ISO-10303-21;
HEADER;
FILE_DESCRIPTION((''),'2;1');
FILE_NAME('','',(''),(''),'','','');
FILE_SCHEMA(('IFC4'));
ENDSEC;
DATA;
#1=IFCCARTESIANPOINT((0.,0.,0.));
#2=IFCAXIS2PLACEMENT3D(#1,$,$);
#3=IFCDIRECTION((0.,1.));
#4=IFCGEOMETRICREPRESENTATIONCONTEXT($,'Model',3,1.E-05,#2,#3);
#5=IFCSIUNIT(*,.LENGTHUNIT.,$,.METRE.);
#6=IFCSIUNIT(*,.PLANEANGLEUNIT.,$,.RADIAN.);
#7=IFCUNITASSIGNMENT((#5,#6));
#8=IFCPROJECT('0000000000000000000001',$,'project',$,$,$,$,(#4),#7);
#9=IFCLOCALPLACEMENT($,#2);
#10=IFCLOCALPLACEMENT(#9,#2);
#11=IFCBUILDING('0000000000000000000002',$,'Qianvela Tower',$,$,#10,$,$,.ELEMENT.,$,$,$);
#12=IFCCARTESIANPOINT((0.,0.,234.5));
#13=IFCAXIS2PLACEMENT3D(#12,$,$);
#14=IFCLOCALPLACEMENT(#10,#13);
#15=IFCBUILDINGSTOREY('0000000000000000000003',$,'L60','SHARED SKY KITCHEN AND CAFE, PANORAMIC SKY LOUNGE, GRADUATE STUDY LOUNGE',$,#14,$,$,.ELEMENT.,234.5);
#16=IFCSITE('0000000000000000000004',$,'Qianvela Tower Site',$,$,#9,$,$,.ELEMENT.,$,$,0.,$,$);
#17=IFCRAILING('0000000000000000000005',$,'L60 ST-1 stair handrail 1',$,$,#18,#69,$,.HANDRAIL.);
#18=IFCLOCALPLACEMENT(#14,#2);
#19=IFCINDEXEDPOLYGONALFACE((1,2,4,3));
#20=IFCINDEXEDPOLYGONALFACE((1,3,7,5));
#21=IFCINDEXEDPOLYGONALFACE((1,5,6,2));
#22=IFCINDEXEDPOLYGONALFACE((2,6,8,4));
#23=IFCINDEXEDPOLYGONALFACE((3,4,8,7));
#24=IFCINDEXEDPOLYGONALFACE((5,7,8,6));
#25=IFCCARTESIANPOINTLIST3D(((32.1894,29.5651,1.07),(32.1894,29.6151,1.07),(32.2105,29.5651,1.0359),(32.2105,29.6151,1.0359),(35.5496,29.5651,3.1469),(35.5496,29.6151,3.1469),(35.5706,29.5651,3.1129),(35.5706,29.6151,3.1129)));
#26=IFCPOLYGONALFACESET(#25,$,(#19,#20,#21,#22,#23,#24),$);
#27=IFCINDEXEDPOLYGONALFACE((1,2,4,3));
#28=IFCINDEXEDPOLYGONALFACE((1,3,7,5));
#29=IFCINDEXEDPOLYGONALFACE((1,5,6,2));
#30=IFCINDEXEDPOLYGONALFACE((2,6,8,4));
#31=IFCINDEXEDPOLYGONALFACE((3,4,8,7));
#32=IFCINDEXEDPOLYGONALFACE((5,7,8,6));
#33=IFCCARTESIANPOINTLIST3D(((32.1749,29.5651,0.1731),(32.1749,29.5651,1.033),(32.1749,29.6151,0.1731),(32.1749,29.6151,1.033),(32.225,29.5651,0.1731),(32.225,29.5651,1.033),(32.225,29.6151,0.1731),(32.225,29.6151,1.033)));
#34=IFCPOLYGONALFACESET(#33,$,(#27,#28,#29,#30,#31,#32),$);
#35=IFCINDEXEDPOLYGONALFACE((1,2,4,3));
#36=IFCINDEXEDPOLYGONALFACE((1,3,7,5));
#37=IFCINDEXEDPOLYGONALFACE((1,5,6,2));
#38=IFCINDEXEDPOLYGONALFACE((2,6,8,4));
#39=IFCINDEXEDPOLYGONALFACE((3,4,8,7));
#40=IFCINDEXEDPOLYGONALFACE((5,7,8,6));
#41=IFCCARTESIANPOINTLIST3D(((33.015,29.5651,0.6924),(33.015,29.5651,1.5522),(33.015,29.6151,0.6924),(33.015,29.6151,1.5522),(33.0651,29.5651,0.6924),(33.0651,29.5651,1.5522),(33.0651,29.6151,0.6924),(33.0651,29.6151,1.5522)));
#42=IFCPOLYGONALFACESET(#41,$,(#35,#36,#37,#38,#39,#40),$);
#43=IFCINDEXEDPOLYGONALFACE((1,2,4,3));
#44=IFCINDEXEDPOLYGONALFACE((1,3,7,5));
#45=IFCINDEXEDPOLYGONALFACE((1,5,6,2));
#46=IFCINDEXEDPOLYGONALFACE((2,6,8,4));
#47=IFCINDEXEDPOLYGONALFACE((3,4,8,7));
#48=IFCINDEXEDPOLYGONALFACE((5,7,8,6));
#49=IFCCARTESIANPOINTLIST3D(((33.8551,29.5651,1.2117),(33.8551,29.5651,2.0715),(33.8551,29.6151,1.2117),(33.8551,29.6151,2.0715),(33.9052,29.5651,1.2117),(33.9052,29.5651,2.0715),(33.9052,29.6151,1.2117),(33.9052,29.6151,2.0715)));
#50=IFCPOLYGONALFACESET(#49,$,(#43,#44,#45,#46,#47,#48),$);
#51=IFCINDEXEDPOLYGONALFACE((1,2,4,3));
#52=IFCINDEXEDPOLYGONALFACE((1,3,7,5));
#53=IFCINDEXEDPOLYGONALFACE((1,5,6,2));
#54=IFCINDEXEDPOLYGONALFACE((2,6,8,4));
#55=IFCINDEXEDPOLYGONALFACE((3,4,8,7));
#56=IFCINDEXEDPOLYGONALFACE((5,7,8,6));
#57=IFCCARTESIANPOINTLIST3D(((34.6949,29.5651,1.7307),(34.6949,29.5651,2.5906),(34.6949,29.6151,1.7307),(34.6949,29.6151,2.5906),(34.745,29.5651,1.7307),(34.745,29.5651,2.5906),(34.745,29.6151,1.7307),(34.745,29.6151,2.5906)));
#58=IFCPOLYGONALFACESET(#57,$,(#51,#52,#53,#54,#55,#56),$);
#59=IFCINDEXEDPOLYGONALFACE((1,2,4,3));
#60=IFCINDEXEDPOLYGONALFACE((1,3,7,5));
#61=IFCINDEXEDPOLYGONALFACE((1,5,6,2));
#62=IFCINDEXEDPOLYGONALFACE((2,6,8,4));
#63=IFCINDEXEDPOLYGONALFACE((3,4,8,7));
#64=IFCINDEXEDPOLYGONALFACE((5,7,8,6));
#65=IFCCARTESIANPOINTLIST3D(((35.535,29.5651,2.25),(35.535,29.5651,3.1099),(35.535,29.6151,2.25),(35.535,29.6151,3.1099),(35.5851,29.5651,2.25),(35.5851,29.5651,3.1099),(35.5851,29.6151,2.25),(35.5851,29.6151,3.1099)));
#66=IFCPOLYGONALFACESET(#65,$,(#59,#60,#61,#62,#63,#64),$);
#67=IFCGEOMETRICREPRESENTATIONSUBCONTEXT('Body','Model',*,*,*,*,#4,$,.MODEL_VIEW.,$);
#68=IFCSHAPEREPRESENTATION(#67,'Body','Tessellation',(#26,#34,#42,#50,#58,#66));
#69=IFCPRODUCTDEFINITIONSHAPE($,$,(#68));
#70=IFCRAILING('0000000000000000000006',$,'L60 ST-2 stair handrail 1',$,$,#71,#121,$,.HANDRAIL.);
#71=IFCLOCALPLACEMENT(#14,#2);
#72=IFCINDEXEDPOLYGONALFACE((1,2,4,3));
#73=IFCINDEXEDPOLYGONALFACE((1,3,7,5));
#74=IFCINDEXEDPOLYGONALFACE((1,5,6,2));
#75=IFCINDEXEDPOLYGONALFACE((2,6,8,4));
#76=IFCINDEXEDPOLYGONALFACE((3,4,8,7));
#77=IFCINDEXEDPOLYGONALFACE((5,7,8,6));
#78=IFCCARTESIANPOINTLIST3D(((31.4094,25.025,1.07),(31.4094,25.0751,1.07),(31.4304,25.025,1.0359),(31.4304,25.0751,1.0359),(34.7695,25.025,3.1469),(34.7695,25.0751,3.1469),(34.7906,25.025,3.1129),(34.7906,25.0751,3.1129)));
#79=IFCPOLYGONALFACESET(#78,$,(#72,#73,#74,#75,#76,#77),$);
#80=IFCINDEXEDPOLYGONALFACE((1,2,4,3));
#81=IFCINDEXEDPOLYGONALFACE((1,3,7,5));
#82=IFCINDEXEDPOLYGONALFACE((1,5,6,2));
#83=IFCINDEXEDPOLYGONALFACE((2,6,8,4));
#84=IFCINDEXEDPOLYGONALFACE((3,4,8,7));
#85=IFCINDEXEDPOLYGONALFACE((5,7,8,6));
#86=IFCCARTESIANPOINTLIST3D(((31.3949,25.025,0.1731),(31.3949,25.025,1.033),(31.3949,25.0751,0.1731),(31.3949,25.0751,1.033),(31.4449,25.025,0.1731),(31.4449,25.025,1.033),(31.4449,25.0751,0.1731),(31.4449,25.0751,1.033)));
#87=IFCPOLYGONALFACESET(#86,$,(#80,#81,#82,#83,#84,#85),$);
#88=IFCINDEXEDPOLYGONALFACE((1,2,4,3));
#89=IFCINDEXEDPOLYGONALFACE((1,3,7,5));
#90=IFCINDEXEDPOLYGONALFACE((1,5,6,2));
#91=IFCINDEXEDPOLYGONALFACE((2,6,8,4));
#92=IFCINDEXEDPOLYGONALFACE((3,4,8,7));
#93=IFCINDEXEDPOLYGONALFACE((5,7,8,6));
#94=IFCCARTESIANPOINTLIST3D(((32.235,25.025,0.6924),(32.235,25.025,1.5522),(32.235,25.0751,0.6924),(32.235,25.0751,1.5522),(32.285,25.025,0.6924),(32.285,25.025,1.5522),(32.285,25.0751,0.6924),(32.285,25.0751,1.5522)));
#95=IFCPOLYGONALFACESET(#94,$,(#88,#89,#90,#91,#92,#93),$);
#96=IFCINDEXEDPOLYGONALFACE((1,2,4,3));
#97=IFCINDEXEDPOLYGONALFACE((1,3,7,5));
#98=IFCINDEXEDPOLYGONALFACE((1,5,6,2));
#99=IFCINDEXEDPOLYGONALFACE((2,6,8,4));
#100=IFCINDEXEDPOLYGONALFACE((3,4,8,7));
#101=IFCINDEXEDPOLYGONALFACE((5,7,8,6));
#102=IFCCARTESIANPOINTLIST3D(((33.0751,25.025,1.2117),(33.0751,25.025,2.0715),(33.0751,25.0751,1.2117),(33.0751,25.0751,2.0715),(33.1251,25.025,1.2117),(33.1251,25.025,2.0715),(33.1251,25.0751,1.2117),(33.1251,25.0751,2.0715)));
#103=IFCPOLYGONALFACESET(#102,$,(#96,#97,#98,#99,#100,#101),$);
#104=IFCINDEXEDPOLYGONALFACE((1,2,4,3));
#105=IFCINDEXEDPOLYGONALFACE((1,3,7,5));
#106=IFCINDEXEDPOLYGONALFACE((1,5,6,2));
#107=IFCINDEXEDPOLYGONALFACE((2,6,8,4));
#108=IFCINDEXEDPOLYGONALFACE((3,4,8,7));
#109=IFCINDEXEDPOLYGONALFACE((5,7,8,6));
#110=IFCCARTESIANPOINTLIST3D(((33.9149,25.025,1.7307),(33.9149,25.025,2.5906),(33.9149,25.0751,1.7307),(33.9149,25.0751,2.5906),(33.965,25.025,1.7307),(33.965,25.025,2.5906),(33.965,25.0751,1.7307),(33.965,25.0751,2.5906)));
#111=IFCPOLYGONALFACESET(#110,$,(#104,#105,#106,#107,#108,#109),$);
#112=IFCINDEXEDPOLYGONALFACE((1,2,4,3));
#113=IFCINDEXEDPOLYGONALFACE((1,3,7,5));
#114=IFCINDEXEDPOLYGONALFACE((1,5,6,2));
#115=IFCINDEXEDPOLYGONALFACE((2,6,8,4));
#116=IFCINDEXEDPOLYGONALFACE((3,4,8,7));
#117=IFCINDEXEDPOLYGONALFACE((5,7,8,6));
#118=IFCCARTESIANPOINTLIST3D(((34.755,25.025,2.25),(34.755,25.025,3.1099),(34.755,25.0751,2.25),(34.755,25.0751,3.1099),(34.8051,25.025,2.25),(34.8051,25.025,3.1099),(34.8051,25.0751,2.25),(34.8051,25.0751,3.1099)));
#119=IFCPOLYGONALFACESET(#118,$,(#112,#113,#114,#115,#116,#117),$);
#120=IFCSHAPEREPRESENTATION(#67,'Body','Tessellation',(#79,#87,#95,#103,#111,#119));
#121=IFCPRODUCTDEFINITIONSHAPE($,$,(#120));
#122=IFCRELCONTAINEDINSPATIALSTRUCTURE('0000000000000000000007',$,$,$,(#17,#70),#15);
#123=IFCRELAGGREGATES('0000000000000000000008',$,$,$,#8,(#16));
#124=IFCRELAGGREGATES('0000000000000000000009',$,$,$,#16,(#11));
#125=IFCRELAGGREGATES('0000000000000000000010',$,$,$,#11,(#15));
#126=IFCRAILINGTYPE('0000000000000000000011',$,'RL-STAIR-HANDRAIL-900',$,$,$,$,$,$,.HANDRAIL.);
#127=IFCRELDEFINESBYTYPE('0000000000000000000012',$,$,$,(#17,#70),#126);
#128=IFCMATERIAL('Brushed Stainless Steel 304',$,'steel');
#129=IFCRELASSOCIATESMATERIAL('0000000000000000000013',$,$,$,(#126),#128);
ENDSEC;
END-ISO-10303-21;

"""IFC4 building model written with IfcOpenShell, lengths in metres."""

from ifc_helpers import new_model, si_unit, direction, frame, origin, origin_2d, place, context, subcontext, project, spatial, rectangle, extrude, material, type_object, element, save


model = new_model("IFC4")

# Units and contexts
model_context = context("Model", 3, precision=1e-05, world=origin(), true_north=direction((0.0, 1.0)))
body_context = subcontext(model_context, "Body", "Model", "MODEL_VIEW")
ifc_project = project(units=[si_unit("LENGTHUNIT", "METRE"), si_unit("PLANEANGLEUNIT", "RADIAN")], contexts=[model_context])

# Site, building, storey
site_placement = place(None, origin())
site = spatial("IfcSite", under=ifc_project, at=site_placement, Name="Qianvela Tower Site", CompositionType="ELEMENT", RefElevation=0.0)
building_placement = place(site_placement, origin())
building = spatial("IfcBuilding", under=site, at=building_placement, Name="Qianvela Tower", CompositionType="ELEMENT")
storey_placement = place(building_placement, frame((0.0, 0.0, 234.5)))
storey = spatial("IfcBuildingStorey", under=building, at=storey_placement, Name="L60", Description="SHARED SKY KITCHEN AND CAFE, PANORAMIC SKY LOUNGE, GRADUATE STUDY LOUNGE", CompositionType="ELEMENT", Elevation=234.5)

# Railings
ifc_material_1 = material(Name="Brushed Stainless Steel 304", Category="steel")
railing_type_1 = type_object("IfcRailingType", Name="RL-STAIR-HANDRAIL-900", PredefinedType="HANDRAIL", material=ifc_material_1)
for number, where, name in (
    (1, (32.2, 29.5901, 0.1731), "L60 ST-1 stair handrail 1"),
    (2, (31.4199, 25.05, 0.1731), "L60 ST-2 stair handrail 1"),
):
    element("IfcRailing", number, at=place(storey_placement, frame(where)), inside=storey, type_object=railing_type_1, Name=name, PredefinedType="HANDRAIL", context=body_context, shape_type="SweptSolid", body=[
        extrude(rectangle(XDim=0.05, YDim=0.04, at=origin_2d()), frame((0.0, 0.0, 0.8799), z_axis=(0.850623, 0.0, 0.525776), x_axis=(0.0, 1.0, 0.0)), (0.0, 0.0, 1.0), 3.9502),
        extrude(rectangle(XDim=0.05, YDim=0.05, at=origin_2d()), origin(), (0.0, 0.0, 1.0), 0.8599),
        extrude(rectangle(XDim=0.05, YDim=0.05, at=origin_2d()), frame((0.8401, 0.0, 0.5193)), (0.0, 0.0, 1.0), 0.8599),
        extrude(rectangle(XDim=0.05, YDim=0.05, at=origin_2d()), frame((1.6802, 0.0, 1.0386)), (0.0, 0.0, 1.0), 0.8599),
        extrude(rectangle(XDim=0.05, YDim=0.05, at=origin_2d()), frame((2.52, 0.0, 1.5576)), (0.0, 0.0, 1.0), 0.8599),
        extrude(rectangle(XDim=0.05, YDim=0.05, at=origin_2d()), frame((3.3601, 0.0, 2.0769)), (0.0, 0.0, 1.0), 0.8599),
    ])

save(model, "model.ifc")
